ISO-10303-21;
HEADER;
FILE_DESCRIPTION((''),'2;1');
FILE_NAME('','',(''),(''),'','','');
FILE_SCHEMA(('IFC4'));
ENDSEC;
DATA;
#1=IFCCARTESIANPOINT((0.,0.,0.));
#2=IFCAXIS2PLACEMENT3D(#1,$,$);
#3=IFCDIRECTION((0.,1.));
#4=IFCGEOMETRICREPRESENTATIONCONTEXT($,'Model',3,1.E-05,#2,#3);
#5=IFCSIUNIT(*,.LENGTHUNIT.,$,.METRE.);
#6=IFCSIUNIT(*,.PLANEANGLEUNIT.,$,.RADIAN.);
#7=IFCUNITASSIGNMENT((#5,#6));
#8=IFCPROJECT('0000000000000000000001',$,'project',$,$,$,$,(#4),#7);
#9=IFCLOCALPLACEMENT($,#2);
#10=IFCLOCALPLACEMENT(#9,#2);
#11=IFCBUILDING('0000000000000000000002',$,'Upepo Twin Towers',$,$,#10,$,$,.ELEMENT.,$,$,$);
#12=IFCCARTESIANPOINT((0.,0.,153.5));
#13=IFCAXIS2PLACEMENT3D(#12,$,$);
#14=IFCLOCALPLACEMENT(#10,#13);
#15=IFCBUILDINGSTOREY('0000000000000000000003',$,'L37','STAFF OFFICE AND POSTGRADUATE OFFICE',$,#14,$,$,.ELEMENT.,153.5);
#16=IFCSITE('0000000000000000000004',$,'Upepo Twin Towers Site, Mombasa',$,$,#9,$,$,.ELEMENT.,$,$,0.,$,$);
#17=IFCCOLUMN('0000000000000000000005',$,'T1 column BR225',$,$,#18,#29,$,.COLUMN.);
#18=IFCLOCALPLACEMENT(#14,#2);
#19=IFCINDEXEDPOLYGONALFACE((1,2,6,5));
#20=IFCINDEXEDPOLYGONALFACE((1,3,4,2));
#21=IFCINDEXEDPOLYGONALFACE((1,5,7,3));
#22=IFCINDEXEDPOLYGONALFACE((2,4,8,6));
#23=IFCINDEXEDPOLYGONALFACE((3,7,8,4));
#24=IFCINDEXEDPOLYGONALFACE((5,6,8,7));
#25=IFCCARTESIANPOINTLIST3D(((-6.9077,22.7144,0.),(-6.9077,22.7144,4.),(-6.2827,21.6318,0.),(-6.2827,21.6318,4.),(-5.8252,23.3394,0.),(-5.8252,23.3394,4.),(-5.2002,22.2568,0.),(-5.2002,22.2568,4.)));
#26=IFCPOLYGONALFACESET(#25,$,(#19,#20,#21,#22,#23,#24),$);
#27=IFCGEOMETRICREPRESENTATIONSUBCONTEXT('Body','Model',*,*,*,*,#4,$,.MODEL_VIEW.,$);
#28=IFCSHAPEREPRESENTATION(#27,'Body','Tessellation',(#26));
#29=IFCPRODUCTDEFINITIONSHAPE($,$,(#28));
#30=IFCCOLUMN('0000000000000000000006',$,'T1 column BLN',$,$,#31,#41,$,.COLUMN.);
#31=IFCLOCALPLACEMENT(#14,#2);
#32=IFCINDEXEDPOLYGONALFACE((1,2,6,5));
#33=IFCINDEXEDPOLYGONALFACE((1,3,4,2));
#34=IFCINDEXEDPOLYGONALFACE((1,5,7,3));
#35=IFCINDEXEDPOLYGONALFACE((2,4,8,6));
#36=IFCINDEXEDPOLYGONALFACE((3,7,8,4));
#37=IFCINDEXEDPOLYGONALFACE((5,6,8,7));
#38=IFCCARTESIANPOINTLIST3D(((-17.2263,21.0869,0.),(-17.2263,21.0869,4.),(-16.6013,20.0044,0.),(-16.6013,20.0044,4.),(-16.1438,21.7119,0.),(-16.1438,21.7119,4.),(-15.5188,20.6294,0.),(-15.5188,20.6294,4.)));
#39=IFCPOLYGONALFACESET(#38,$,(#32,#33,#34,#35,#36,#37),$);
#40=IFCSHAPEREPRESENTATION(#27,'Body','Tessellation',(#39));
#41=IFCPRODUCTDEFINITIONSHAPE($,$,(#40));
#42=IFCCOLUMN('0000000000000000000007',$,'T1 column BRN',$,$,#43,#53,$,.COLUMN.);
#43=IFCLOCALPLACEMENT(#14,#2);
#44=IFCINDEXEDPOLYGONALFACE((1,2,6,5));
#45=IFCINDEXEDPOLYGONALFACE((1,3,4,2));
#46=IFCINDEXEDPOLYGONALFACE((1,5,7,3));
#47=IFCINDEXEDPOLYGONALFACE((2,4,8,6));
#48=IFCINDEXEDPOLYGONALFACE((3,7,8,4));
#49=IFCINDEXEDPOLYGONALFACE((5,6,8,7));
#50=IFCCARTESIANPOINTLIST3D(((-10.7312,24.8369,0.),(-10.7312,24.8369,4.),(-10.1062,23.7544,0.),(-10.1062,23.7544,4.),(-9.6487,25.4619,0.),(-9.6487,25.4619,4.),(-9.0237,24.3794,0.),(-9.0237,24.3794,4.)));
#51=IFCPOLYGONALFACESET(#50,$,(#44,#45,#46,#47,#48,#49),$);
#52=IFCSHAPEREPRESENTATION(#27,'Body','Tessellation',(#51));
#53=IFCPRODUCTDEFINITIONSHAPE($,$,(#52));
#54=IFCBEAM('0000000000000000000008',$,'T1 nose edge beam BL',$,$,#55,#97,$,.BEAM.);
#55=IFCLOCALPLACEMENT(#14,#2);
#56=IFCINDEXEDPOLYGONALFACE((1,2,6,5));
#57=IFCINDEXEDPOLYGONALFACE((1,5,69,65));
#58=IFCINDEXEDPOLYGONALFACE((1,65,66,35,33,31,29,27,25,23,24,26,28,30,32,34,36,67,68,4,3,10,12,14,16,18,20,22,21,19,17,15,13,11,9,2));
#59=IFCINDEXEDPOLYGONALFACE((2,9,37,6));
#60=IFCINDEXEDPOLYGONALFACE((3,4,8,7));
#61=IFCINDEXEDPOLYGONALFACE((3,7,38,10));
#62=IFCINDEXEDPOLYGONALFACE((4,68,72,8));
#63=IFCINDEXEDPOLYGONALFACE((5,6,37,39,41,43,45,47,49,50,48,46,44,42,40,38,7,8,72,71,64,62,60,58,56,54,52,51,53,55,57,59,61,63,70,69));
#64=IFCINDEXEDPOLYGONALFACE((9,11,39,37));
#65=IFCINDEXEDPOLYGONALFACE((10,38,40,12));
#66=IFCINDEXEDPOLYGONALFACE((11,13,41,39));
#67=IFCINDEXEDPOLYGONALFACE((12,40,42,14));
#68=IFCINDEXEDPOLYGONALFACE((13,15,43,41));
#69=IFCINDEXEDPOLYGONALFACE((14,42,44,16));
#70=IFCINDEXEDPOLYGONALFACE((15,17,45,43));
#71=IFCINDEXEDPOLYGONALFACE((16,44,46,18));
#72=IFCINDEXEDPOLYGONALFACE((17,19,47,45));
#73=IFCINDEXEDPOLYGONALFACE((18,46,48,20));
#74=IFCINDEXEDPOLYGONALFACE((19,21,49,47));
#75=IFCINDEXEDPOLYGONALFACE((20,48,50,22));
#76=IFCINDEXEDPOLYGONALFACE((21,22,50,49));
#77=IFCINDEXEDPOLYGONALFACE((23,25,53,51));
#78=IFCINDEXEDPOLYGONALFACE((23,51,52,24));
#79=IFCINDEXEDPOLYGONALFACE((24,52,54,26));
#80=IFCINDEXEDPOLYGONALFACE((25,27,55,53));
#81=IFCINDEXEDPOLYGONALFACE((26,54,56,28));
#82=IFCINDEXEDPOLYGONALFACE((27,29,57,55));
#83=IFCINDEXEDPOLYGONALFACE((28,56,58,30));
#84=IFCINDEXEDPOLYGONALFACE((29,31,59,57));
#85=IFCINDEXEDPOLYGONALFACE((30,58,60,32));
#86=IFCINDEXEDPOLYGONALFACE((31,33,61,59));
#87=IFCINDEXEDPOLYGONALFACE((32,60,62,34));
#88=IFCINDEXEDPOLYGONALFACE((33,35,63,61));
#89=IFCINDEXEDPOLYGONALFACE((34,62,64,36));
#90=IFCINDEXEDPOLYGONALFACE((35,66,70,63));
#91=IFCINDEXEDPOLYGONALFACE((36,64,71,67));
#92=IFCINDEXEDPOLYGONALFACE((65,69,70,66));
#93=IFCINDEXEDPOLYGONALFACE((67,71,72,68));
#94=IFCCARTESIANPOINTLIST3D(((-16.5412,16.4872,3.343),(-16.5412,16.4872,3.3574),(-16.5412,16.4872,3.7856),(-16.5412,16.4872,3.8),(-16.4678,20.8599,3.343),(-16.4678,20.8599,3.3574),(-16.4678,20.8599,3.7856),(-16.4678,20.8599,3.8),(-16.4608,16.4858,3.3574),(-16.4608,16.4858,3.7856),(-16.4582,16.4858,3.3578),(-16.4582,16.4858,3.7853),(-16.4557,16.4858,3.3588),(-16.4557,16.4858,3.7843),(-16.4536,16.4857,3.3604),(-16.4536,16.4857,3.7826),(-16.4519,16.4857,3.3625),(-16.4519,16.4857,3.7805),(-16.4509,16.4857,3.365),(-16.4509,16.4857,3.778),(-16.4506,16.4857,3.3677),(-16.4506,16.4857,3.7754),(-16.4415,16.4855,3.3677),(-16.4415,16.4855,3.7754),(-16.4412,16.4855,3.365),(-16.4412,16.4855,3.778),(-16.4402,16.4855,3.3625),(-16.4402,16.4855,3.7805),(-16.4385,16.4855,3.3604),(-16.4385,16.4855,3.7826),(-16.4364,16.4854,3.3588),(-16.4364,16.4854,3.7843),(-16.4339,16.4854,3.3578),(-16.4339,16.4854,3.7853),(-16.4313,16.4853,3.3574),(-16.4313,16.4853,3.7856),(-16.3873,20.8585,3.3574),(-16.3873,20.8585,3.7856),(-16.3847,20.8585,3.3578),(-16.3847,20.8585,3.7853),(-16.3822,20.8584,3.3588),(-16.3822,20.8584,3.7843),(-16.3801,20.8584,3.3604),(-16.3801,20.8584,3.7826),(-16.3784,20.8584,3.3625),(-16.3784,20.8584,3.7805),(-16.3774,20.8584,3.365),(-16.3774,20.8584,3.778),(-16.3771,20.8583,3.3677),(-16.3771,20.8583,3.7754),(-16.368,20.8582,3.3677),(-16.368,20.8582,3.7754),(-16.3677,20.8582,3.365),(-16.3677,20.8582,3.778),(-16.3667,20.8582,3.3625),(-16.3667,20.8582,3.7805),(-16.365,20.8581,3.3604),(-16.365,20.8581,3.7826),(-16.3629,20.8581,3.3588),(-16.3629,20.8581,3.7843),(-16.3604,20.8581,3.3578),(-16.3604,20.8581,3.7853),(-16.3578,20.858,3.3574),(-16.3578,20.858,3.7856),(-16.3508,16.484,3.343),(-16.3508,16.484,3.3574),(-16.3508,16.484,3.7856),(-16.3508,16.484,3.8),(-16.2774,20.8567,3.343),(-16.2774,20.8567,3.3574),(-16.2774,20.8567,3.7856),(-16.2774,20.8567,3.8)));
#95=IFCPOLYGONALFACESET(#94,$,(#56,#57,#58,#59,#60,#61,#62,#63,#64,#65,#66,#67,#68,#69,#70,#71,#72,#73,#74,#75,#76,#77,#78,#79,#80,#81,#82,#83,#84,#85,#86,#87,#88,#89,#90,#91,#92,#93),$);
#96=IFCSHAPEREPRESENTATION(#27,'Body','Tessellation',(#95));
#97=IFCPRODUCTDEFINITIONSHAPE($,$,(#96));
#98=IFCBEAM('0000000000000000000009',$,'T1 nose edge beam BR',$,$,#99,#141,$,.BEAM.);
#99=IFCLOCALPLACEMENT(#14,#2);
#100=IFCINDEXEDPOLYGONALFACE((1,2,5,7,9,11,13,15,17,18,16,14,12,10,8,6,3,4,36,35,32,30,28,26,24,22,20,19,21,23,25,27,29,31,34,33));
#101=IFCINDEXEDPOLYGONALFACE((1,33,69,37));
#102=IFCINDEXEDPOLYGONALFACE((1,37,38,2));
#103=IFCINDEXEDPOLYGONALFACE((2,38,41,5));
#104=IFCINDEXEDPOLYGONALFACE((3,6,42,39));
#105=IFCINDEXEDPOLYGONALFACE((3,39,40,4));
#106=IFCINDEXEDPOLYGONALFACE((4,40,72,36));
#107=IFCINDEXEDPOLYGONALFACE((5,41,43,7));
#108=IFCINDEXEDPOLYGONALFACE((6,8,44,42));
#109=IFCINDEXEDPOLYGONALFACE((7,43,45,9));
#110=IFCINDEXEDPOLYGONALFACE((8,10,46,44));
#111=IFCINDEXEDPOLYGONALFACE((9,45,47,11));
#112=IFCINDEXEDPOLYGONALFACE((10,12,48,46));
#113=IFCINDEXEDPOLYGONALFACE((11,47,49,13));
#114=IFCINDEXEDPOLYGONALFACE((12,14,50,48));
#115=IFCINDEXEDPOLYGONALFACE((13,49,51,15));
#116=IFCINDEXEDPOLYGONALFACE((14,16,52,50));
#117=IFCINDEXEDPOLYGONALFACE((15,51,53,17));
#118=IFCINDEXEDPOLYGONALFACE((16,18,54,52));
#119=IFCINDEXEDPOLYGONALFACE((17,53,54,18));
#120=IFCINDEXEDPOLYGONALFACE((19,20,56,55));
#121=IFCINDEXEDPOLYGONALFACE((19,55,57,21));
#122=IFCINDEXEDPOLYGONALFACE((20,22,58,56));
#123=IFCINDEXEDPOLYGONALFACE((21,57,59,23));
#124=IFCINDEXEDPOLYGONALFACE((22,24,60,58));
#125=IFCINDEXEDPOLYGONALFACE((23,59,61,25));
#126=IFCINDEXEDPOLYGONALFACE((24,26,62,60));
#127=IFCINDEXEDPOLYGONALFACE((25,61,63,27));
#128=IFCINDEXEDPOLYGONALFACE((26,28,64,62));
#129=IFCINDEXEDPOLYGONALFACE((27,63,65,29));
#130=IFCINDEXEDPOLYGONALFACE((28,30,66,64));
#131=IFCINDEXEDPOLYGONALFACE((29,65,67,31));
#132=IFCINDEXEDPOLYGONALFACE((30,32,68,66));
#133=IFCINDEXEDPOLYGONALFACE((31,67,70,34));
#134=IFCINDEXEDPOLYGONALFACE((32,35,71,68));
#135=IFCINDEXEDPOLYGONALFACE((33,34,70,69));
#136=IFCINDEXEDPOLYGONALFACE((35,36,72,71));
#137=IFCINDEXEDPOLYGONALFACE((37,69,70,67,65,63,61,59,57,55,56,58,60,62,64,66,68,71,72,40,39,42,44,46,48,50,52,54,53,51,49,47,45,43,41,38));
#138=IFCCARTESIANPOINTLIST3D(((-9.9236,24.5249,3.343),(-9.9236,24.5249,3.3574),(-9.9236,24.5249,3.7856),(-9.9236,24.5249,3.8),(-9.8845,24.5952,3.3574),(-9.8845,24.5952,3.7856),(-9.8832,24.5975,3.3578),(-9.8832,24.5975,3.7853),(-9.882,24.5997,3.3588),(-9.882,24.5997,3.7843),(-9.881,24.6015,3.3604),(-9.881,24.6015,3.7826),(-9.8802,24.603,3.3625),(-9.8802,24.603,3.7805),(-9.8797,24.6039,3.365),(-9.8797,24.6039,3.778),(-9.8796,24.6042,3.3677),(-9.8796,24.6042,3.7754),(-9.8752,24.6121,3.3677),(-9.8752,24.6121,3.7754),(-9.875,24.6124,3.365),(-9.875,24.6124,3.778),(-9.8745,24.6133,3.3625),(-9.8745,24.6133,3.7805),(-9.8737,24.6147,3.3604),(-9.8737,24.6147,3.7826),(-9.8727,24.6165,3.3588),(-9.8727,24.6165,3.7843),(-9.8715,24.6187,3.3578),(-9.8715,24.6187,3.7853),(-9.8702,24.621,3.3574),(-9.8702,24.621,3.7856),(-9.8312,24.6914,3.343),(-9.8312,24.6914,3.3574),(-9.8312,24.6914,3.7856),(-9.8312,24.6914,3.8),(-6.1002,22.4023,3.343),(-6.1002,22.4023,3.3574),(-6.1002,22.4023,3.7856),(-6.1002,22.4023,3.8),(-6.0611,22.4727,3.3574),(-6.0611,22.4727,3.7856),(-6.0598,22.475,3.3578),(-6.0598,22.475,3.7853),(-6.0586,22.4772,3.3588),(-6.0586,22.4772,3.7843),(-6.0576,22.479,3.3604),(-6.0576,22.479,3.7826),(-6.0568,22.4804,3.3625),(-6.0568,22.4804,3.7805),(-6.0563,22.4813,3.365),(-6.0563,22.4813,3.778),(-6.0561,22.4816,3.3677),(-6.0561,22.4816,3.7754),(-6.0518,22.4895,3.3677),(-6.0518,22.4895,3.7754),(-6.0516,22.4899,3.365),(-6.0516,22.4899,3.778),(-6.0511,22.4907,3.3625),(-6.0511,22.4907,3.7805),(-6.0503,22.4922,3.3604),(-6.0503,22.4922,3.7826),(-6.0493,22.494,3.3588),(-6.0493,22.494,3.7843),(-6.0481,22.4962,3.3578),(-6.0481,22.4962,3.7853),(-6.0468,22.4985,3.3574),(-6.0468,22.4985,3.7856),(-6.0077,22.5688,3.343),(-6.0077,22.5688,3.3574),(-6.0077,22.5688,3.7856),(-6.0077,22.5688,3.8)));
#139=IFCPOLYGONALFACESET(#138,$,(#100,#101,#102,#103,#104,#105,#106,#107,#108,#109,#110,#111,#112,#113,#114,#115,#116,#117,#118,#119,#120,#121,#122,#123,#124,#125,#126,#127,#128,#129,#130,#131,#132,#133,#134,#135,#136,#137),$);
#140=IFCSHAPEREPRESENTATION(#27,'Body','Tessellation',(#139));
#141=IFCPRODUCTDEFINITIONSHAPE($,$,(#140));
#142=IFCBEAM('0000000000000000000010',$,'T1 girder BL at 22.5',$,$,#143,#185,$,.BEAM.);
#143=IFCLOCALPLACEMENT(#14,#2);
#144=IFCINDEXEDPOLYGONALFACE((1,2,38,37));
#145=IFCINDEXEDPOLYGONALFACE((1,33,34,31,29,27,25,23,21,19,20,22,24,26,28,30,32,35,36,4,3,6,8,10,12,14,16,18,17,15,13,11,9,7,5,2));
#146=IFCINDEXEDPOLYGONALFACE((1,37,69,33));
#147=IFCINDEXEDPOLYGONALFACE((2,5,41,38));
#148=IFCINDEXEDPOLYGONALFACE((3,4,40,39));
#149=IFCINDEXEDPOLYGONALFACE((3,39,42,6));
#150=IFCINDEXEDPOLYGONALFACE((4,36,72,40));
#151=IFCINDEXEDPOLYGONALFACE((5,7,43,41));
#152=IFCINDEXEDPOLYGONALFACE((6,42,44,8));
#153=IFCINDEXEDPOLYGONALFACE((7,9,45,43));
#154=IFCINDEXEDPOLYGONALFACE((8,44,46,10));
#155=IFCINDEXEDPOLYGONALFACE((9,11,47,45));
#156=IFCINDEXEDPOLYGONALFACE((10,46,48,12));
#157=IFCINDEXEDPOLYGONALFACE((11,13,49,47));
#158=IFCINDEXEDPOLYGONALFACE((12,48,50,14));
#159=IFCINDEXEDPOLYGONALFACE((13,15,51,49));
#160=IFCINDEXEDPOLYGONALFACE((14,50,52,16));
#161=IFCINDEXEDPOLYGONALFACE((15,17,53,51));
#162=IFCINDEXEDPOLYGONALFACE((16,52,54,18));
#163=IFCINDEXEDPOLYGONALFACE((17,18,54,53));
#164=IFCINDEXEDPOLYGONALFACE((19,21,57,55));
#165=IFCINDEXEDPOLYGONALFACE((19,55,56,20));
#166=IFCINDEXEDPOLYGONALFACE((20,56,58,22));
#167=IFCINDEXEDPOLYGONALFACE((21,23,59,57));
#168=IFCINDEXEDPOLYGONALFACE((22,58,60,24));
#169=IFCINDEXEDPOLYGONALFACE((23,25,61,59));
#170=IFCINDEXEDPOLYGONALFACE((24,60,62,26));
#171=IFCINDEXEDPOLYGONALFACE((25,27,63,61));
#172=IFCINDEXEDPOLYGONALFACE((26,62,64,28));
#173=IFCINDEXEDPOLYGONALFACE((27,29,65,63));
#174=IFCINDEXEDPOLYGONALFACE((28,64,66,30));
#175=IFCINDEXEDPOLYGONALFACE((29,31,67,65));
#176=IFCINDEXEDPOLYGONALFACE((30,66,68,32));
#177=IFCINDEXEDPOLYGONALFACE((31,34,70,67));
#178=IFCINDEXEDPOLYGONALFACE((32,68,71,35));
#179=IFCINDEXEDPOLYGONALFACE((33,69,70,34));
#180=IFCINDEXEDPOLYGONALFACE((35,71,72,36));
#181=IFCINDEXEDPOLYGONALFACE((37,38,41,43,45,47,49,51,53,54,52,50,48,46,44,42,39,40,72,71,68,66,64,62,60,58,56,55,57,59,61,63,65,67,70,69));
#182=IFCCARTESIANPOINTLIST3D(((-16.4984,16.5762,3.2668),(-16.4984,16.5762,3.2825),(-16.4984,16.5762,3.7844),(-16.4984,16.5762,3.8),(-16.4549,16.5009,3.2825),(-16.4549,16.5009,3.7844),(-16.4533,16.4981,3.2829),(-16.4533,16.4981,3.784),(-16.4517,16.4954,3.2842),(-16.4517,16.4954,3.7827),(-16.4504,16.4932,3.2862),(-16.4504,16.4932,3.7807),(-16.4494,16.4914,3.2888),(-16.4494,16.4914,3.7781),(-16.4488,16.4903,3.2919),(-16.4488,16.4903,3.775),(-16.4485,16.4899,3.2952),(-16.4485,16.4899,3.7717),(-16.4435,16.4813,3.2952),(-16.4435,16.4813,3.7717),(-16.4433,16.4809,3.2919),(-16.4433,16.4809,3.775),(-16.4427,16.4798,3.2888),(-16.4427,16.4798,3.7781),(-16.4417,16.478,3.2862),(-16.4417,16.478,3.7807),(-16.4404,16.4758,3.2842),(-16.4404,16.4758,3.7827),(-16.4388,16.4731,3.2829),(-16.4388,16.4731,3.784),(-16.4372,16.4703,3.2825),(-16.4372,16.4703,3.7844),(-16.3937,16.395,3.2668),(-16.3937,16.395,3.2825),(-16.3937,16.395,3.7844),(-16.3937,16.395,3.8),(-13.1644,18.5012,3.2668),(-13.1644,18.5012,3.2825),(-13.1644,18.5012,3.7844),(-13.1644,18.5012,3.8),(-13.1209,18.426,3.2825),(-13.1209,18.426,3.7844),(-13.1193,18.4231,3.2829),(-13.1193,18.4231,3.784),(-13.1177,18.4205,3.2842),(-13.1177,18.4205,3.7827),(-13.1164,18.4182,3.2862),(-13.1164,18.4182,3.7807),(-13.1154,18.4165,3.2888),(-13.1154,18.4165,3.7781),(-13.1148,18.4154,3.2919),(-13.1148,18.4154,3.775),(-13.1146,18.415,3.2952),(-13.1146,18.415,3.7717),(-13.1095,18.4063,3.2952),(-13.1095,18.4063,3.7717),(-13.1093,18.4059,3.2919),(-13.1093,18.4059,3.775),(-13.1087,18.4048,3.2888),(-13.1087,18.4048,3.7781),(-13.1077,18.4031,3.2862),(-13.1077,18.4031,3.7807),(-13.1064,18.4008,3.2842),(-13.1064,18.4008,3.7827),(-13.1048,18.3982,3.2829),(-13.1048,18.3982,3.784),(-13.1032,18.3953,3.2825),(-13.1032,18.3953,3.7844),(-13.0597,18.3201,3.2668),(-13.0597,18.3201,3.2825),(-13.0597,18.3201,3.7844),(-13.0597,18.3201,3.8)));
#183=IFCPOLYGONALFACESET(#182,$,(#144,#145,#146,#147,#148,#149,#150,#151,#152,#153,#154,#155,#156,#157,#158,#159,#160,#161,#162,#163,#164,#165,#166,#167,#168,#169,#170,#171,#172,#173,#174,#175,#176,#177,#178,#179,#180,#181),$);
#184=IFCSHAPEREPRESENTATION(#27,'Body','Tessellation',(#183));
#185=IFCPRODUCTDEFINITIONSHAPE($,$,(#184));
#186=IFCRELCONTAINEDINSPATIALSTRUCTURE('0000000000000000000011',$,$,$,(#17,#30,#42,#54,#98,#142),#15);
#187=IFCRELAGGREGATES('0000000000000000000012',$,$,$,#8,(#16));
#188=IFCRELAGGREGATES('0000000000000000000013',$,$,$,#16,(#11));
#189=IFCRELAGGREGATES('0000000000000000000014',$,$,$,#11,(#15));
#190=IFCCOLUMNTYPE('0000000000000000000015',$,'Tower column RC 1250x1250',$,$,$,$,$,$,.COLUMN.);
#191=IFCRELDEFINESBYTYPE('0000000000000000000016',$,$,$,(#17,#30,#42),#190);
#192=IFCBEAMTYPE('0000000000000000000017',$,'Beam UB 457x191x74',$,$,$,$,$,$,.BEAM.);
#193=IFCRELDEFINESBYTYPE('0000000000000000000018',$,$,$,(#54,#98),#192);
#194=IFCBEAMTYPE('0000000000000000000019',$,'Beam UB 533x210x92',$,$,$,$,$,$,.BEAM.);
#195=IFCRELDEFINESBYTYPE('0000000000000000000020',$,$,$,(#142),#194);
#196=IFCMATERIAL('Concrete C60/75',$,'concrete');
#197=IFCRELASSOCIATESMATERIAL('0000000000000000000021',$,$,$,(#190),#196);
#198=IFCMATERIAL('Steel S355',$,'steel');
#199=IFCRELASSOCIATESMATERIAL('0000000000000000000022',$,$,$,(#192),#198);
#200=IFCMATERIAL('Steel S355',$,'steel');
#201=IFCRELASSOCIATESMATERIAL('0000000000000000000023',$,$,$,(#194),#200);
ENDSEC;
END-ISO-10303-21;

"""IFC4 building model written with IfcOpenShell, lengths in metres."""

from ifc_helpers import new_model, si_unit, direction, frame, origin, origin_2d, place, context, subcontext, project, spatial, rectangle, i_section, extrude, material, material_profile, profile_set, type_object, element, save


model = new_model("IFC4")

# Units and contexts
model_context = context("Model", 3, precision=1e-05, world=origin(), true_north=direction((0.0, 1.0)))
body_context = subcontext(model_context, "Body", "Model", "MODEL_VIEW")
ifc_project = project(units=[si_unit("LENGTHUNIT", "METRE"), si_unit("PLANEANGLEUNIT", "RADIAN")], contexts=[model_context])

# Site, building, storey
site_placement = place(None, origin())
site = spatial("IfcSite", under=ifc_project, at=site_placement, Name="Upepo Twin Towers Site, Mombasa", CompositionType="ELEMENT", RefElevation=0.0)
building_placement = place(site_placement, origin())
building = spatial("IfcBuilding", under=site, at=building_placement, Name="Upepo Twin Towers", CompositionType="ELEMENT")
storey_placement = place(building_placement, frame((0.0, 0.0, 153.5)))
storey = spatial("IfcBuildingStorey", under=building, at=storey_placement, Name="L37", Description="STAFF OFFICE AND POSTGRADUATE OFFICE", CompositionType="ELEMENT", Elevation=153.5)

# Columns
ifc_material_1 = material(Name="Concrete C60/75", Category="concrete")
ifc_material_profile_1 = material_profile(ifc_material_1, rectangle(XDim=1.25, YDim=1.25, at=origin_2d()), Name="RC 1250x1250")
ifc_profile_set_1 = profile_set([ifc_material_profile_1], Name="Concrete C60/75")
column_type = type_object("IfcColumnType", Name="Tower column RC 1250x1250", PredefinedType="COLUMN", material=ifc_profile_set_1)
for number, where, z_axis, x_axis, name in (
    (1, (-6.054, 22.4856, 0.0), (0.0, 0.0, 1.0), (0.866025, 0.5, 0.0), "T1 column BR225"),
    (2, (-16.3726, 20.8582, 0.0), (0.0, 0.0, 1.0), (0.866025, 0.5, 0.0), "T1 column BLN"),
    (3, (-9.8774, 24.6082, 0.0), (0.0, 0.0, 1.0), (0.866025, 0.5, 0.0), "T1 column BRN"),
):
    element("IfcColumn", number, at=place(storey_placement, frame(where, z_axis=z_axis, x_axis=x_axis)), inside=storey, type_object=column_type, Name=name, PredefinedType="COLUMN", context=body_context, shape_type="SweptSolid", body=[
        extrude(rectangle(XDim=1.25, YDim=1.25, at=origin_2d()), origin(), (0.0, 0.0, 1.0), 4.0),
    ])

# Beams
ifc_material_2 = material(Name="Steel S355", Category="steel")
ifc_material_profile_2 = material_profile(ifc_material_2, i_section(OverallWidth=0.1904, OverallDepth=0.457, WebThickness=0.009, FlangeThickness=0.0144, FilletRadius=0.0103, at=origin_2d()), Name="UB 457x191x74")
ifc_profile_set_2 = profile_set([ifc_material_profile_2], Name="Steel S355")
beam_type_1 = type_object("IfcBeamType", Name="Beam UB 457x191x74", PredefinedType="BEAM", material=ifc_profile_set_2)
beam_1_placement = place(storey_placement, frame((-16.446, 16.4856, 3.5715), z_axis=(0.016804, 0.999859, 0.0), x_axis=(-0.999859, 0.016804, 0.0)))
element("IfcBeam", 4, at=beam_1_placement, inside=storey, type_object=beam_type_1, Name="T1 nose edge beam BL", PredefinedType="BEAM", context=body_context, shape_type="SweptSolid", body=[
    extrude(i_section(OverallWidth=0.1904, OverallDepth=0.457, WebThickness=0.009, FlangeThickness=0.0144, FilletRadius=0.0103, at=origin_2d()), origin(), (0.0, 0.0, 1.0), 4.3733),
])
beam_2_placement = place(storey_placement, frame((-6.054, 22.4856, 3.5715), z_axis=(-0.874313, 0.485363, 0.0), x_axis=(-0.485363, -0.874313, 0.0)))
element("IfcBeam", 5, at=beam_2_placement, inside=storey, type_object=beam_type_1, Name="T1 nose edge beam BR", PredefinedType="BEAM", context=body_context, shape_type="SweptSolid", body=[
    extrude(i_section(OverallWidth=0.1904, OverallDepth=0.457, WebThickness=0.009, FlangeThickness=0.0144, FilletRadius=0.0103, at=origin_2d()), origin(), (0.0, 0.0, 1.0), 4.373),
])
ifc_material_3 = material(Name="Steel S355", Category="steel")
ifc_material_profile_3 = material_profile(ifc_material_3, i_section(OverallWidth=0.2092, OverallDepth=0.5332, WebThickness=0.01, FlangeThickness=0.0156, FilletRadius=0.0127, at=origin_2d()), Name="UB 533x210x92")
ifc_profile_set_3 = profile_set([ifc_material_profile_3], Name="Steel S355")
beam_type_2 = type_object("IfcBeamType", Name="Beam UB 533x210x92", PredefinedType="BEAM", material=ifc_profile_set_3)
for number, where, z_axis, x_axis, name in (
    (6, (-16.446, 16.4856, 3.5334), (0.866006, 0.500034, 0.0), (-0.500034, 0.866006, 0.0), "T1 girder BL at 22.5"),
):
    element("IfcBeam", number, at=place(storey_placement, frame(where, z_axis=z_axis, x_axis=x_axis)), inside=storey, type_object=beam_type_2, Name=name, PredefinedType="BEAM", context=body_context, shape_type="SweptSolid", body=[
        extrude(i_section(OverallWidth=0.2092, OverallDepth=0.5332, WebThickness=0.01, FlangeThickness=0.0156, FilletRadius=0.0127, at=origin_2d()), origin(), (0.0, 0.0, 1.0), 3.8499),
    ])

save(model, "model.ifc")
